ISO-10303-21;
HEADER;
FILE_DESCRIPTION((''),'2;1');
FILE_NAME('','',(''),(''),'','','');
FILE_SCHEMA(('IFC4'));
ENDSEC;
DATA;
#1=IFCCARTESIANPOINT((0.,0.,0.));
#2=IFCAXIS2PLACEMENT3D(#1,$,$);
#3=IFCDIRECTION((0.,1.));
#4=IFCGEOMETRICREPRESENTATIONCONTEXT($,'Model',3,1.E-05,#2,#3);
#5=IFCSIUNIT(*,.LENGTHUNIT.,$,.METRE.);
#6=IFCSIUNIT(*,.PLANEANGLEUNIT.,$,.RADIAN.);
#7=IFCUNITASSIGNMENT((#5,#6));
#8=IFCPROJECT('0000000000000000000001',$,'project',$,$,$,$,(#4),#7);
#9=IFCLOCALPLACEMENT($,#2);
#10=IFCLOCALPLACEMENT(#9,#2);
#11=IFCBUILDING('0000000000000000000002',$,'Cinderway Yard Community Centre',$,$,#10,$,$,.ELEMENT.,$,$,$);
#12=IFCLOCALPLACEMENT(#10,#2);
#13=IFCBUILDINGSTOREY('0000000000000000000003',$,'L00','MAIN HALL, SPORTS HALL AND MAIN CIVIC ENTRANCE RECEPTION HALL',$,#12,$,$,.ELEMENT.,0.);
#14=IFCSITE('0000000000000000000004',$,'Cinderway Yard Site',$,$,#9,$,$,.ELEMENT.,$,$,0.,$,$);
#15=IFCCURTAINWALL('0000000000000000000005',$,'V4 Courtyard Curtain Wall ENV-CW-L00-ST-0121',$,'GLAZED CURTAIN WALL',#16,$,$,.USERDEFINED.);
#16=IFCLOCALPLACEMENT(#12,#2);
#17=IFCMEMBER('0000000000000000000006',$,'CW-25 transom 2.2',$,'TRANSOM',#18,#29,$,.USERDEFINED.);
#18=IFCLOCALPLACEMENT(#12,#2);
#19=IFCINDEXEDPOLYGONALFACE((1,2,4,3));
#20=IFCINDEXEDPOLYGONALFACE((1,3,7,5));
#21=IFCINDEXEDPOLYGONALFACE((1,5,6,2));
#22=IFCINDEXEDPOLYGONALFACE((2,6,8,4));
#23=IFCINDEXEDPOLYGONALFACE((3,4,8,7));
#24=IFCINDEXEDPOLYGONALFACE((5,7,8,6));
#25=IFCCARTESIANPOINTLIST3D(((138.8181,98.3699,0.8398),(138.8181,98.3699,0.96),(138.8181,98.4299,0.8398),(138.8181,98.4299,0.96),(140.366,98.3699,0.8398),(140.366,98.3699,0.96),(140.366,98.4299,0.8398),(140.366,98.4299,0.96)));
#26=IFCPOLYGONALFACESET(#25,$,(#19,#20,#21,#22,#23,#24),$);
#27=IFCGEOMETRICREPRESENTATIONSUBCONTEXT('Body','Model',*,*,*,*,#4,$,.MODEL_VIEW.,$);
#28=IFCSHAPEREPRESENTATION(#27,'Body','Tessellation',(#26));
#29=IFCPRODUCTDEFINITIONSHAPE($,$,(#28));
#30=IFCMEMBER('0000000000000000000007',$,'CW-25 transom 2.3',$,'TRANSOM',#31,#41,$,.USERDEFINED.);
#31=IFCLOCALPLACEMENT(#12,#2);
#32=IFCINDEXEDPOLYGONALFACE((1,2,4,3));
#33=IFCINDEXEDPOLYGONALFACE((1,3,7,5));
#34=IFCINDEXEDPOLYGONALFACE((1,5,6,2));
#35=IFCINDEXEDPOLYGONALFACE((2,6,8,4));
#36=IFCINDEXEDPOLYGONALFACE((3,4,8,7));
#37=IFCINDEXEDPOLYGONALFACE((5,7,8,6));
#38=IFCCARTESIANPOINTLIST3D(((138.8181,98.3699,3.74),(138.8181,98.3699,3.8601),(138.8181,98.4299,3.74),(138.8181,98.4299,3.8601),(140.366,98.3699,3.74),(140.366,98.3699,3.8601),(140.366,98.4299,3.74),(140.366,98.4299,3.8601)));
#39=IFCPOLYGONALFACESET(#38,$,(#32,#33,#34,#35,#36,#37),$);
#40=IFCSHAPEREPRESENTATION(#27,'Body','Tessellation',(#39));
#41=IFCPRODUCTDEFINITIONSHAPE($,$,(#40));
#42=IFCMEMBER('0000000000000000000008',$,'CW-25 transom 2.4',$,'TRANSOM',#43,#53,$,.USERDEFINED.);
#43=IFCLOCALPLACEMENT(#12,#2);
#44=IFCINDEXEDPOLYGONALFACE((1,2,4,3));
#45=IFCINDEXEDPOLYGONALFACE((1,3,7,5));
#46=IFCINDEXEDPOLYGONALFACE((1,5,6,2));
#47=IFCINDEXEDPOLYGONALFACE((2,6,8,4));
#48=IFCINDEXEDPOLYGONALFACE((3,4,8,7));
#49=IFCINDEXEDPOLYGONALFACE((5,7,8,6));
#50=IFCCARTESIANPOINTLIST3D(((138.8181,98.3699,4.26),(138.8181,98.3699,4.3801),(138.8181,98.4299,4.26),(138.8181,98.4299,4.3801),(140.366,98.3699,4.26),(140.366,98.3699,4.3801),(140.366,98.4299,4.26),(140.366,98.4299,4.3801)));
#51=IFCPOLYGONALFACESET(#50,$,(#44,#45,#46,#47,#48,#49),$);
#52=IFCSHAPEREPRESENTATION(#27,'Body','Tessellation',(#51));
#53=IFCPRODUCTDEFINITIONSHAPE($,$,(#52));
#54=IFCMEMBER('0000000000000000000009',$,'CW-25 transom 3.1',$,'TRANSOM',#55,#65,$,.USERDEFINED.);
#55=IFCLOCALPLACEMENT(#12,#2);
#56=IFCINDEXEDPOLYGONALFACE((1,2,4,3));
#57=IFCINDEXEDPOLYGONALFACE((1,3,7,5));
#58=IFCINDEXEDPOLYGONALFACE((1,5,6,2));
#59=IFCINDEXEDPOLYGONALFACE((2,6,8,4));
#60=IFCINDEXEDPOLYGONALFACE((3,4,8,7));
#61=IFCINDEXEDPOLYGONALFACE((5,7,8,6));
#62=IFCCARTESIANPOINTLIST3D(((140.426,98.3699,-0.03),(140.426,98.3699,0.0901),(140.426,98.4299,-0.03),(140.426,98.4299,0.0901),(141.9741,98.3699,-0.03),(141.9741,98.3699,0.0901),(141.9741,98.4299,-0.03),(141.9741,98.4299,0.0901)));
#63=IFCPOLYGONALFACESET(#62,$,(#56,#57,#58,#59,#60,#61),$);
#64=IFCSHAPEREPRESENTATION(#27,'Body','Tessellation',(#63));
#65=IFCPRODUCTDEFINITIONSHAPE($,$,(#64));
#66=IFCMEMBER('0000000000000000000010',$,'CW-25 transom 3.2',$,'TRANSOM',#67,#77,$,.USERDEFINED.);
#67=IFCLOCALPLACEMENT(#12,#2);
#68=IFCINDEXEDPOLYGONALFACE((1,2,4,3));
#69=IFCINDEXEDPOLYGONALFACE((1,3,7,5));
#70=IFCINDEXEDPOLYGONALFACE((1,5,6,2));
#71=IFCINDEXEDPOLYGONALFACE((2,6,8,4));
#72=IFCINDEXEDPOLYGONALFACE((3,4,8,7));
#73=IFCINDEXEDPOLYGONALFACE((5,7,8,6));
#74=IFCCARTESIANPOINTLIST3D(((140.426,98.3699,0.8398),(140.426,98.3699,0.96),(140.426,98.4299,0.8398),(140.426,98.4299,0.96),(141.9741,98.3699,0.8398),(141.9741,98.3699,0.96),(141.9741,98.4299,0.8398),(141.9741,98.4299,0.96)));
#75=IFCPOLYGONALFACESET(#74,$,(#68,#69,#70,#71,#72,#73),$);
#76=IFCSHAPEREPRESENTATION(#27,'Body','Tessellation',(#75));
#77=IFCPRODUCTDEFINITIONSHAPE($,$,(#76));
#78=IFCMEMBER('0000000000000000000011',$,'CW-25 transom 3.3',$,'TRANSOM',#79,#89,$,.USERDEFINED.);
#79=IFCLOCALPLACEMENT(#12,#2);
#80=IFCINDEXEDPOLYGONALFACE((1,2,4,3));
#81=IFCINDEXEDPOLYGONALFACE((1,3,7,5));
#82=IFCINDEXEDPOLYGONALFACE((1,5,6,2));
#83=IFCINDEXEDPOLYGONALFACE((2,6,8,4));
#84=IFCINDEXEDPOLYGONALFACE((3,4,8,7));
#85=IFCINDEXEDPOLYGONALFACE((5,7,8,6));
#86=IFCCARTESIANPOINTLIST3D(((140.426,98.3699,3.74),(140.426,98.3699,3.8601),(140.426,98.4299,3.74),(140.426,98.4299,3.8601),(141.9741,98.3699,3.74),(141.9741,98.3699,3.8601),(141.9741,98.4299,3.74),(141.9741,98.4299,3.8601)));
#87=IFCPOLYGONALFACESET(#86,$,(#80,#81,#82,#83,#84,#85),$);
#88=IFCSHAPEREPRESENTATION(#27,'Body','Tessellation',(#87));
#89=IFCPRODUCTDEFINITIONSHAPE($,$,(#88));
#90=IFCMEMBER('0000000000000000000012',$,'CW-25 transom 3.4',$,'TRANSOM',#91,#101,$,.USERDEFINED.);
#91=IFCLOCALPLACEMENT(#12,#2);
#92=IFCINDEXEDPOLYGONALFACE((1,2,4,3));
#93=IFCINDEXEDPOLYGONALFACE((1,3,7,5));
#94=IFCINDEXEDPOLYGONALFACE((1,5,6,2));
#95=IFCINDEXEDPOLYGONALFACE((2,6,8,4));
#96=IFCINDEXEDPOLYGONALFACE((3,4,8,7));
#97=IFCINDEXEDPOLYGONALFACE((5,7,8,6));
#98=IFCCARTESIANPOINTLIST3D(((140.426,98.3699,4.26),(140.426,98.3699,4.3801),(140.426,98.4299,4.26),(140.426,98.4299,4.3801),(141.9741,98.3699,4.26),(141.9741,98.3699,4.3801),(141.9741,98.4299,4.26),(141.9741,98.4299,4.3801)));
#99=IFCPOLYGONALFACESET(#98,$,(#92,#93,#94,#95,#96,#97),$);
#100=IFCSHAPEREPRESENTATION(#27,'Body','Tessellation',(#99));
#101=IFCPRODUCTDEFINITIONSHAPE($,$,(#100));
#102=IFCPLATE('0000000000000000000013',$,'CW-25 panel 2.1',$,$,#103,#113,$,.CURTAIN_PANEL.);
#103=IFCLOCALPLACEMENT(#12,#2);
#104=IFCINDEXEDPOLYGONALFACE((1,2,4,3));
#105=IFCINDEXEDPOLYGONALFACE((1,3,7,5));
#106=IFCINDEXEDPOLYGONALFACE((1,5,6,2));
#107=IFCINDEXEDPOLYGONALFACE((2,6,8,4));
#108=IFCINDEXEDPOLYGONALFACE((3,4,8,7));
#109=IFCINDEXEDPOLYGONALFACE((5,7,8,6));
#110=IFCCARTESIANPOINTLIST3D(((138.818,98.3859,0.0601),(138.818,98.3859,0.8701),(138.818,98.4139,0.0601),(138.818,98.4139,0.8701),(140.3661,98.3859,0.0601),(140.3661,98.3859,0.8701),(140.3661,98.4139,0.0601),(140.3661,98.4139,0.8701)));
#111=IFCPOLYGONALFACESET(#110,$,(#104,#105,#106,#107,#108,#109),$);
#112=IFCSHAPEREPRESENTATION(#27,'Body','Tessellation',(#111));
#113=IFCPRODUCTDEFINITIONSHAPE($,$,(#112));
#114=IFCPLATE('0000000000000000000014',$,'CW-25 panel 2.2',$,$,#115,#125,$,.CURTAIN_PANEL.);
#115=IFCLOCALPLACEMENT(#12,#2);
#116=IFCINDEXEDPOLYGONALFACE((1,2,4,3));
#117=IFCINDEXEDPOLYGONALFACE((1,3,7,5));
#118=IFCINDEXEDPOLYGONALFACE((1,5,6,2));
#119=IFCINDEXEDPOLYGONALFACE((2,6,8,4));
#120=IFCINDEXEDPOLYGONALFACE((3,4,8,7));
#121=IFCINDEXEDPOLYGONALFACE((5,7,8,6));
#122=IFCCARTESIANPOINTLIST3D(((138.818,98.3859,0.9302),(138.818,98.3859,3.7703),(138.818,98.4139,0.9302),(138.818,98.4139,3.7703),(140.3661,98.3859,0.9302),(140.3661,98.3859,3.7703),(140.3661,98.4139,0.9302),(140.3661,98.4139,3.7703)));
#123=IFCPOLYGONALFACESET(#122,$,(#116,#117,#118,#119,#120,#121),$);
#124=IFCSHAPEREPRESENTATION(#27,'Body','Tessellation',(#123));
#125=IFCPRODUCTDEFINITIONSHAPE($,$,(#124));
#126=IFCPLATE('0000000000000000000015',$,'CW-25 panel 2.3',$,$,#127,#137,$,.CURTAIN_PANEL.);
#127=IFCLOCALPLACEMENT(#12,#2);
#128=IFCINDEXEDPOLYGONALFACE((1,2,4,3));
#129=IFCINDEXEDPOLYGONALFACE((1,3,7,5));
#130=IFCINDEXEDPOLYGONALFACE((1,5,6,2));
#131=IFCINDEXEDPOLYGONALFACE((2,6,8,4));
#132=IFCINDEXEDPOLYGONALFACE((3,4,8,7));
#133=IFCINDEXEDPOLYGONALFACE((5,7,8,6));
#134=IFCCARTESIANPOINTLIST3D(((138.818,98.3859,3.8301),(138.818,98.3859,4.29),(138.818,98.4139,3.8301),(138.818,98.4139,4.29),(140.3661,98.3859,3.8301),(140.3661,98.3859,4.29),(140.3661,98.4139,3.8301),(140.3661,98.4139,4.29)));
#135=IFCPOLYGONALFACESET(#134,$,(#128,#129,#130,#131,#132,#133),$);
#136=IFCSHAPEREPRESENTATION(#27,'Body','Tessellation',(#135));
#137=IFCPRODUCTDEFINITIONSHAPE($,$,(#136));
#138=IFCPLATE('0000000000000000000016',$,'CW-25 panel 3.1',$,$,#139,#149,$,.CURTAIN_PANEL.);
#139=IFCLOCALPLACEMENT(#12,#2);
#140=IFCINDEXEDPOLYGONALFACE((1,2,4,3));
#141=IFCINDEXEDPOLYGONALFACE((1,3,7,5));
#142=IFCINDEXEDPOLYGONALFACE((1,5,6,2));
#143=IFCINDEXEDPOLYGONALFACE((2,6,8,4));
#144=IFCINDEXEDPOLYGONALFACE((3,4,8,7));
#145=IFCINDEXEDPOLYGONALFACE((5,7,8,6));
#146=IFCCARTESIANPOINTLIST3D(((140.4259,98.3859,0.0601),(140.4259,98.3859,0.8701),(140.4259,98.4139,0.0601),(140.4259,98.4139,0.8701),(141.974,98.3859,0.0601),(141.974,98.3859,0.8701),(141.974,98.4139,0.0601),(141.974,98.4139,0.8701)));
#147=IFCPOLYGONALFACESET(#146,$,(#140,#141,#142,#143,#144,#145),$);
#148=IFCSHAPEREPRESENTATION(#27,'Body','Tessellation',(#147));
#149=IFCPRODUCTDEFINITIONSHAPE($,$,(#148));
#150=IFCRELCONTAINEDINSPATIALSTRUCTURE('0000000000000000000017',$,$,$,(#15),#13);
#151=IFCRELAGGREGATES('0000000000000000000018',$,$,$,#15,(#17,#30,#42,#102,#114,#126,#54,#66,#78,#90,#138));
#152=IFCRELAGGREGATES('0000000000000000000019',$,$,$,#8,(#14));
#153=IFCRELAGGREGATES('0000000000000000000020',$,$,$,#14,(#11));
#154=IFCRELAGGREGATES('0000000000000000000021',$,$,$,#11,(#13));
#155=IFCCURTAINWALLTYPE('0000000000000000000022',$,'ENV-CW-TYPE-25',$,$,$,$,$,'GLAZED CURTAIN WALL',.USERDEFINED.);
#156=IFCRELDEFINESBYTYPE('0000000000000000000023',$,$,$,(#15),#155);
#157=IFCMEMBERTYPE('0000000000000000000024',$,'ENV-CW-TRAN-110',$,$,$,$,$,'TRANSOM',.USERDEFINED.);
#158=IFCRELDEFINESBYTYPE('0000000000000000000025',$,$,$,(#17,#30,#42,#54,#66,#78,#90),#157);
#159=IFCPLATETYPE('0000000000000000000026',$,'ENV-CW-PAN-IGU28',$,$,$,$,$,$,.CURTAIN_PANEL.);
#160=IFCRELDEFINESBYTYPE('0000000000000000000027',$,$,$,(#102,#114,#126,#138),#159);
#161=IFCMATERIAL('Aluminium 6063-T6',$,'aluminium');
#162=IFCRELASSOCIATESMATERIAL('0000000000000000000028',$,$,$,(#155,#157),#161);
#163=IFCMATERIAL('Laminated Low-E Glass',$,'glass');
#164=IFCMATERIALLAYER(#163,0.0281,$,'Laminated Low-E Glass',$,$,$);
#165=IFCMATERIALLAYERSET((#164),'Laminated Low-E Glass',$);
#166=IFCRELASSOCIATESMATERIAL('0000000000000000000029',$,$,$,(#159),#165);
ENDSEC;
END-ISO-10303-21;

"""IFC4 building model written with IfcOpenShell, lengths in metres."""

from ifc_helpers import new_model, si_unit, direction, frame, origin, origin_2d, place, context, subcontext, project, spatial, rectangle, extrude, material, layer, layer_set, material_profile, profile_set, type_object, element, aggregate, save


model = new_model("IFC4")

# Units and contexts
model_context = context("Model", 3, precision=1e-05, world=origin(), true_north=direction((0.0, 1.0)))
body_context = subcontext(model_context, "Body", "Model", "MODEL_VIEW")
ifc_project = project(units=[si_unit("LENGTHUNIT", "METRE"), si_unit("PLANEANGLEUNIT", "RADIAN")], contexts=[model_context])

# Site, building, storey
site_placement = place(None, origin())
site = spatial("IfcSite", under=ifc_project, at=site_placement, Name="Cinderway Yard Site", CompositionType="ELEMENT", RefElevation=0.0)
building_placement = place(site_placement, origin())
building = spatial("IfcBuilding", under=site, at=building_placement, Name="Cinderway Yard Community Centre", CompositionType="ELEMENT")
storey_placement = place(building_placement, origin())
storey = spatial("IfcBuildingStorey", under=building, at=storey_placement, Name="L00", Description="MAIN HALL, SPORTS HALL AND MAIN CIVIC ENTRANCE RECEPTION HALL", CompositionType="ELEMENT", Elevation=0.0)

# Curtain wall, members, plates
ifc_material_1 = material(Name="Aluminium 6063-T6", Category="aluminium")
curtain_wall_type = type_object("IfcCurtainWallType", Name="ENV-CW-TYPE-25", ElementType="GLAZED CURTAIN WALL", PredefinedType="USERDEFINED", material=ifc_material_1)
curtain_wall_placement = place(storey_placement, origin())
curtain_wall = element("IfcCurtainWall", 1, at=curtain_wall_placement, inside=storey, type_object=curtain_wall_type, Name="V4 Courtyard Curtain Wall ENV-CW-L00-ST-0121", ObjectType="GLAZED CURTAIN WALL", PredefinedType="USERDEFINED")
ifc_material_profile_1 = material_profile(ifc_material_1, rectangle(XDim=0.0601, YDim=0.1201, at=origin_2d()), Name="Aluminium 6063-T6")
ifc_profile_set_1 = profile_set([ifc_material_profile_1], Name="Aluminium 6063-T6")
member_type_1 = type_object("IfcMemberType", Name="ENV-CW-TRAN-110", ElementType="TRANSOM", PredefinedType="USERDEFINED", material=ifc_profile_set_1)
member_1_placement = place(storey_placement, frame((138.8181, 98.3999, 0.8999), z_axis=(1.0, 0.0, 0.0), x_axis=(0.0, 1.0, 0.0)))
member_1 = element("IfcMember", 2, at=member_1_placement, type_object=member_type_1, Name="CW-25 transom 2.2", ObjectType="TRANSOM", PredefinedType="USERDEFINED", context=body_context, shape_type="SweptSolid", body=[
    extrude(rectangle(XDim=0.0601, YDim=0.1201, at=origin_2d()), origin(), (0.0, 0.0, 1.0), 1.5479),
])
member_2_placement = place(storey_placement, frame((138.8181, 98.3999, 3.8), z_axis=(1.0, 0.0, 0.0), x_axis=(0.0, 1.0, 0.0)))
member_2 = element("IfcMember", 3, at=member_2_placement, type_object=member_type_1, Name="CW-25 transom 2.3", ObjectType="TRANSOM", PredefinedType="USERDEFINED", context=body_context, shape_type="SweptSolid", body=[
    extrude(rectangle(XDim=0.0601, YDim=0.1201, at=origin_2d()), origin(), (0.0, 0.0, 1.0), 1.5479),
])
member_3_placement = place(storey_placement, frame((138.8181, 98.3999, 4.3201), z_axis=(1.0, 0.0, 0.0), x_axis=(0.0, 1.0, 0.0)))
member_3 = element("IfcMember", 4, at=member_3_placement, type_object=member_type_1, Name="CW-25 transom 2.4", ObjectType="TRANSOM", PredefinedType="USERDEFINED", context=body_context, shape_type="SweptSolid", body=[
    extrude(rectangle(XDim=0.0601, YDim=0.1201, at=origin_2d()), origin(), (0.0, 0.0, 1.0), 1.5479),
])
member_4_placement = place(storey_placement, frame((140.426, 98.3999, 0.03), z_axis=(1.0, 0.0, 0.0), x_axis=(0.0, 1.0, 0.0)))
member_4 = element("IfcMember", 5, at=member_4_placement, type_object=member_type_1, Name="CW-25 transom 3.1", ObjectType="TRANSOM", PredefinedType="USERDEFINED", context=body_context, shape_type="SweptSolid", body=[
    extrude(rectangle(XDim=0.0601, YDim=0.1201, at=origin_2d()), origin(), (0.0, 0.0, 1.0), 1.5481),
])
member_5_placement = place(storey_placement, frame((140.426, 98.3999, 0.8999), z_axis=(1.0, 0.0, 0.0), x_axis=(0.0, 1.0, 0.0)))
member_5 = element("IfcMember", 6, at=member_5_placement, type_object=member_type_1, Name="CW-25 transom 3.2", ObjectType="TRANSOM", PredefinedType="USERDEFINED", context=body_context, shape_type="SweptSolid", body=[
    extrude(rectangle(XDim=0.0601, YDim=0.1201, at=origin_2d()), origin(), (0.0, 0.0, 1.0), 1.5481),
])
member_6_placement = place(storey_placement, frame((140.426, 98.3999, 3.8), z_axis=(1.0, 0.0, 0.0), x_axis=(0.0, 1.0, 0.0)))
member_6 = element("IfcMember", 7, at=member_6_placement, type_object=member_type_1, Name="CW-25 transom 3.3", ObjectType="TRANSOM", PredefinedType="USERDEFINED", context=body_context, shape_type="SweptSolid", body=[
    extrude(rectangle(XDim=0.0601, YDim=0.1201, at=origin_2d()), origin(), (0.0, 0.0, 1.0), 1.5481),
])
member_7_placement = place(storey_placement, frame((140.426, 98.3999, 4.3201), z_axis=(1.0, 0.0, 0.0), x_axis=(0.0, 1.0, 0.0)))
member_7 = element("IfcMember", 8, at=member_7_placement, type_object=member_type_1, Name="CW-25 transom 3.4", ObjectType="TRANSOM", PredefinedType="USERDEFINED", context=body_context, shape_type="SweptSolid", body=[
    extrude(rectangle(XDim=0.0601, YDim=0.1201, at=origin_2d()), origin(), (0.0, 0.0, 1.0), 1.5481),
])
ifc_material_2 = material(Name="Laminated Low-E Glass", Category="glass")
ifc_layer = layer(ifc_material_2, 0.0281, Name="Laminated Low-E Glass")
ifc_layer_set = layer_set([ifc_layer], Name="Laminated Low-E Glass")
plate_type = type_object("IfcPlateType", Name="ENV-CW-PAN-IGU28", PredefinedType="CURTAIN_PANEL", material=ifc_layer_set)
plate_1_placement = place(storey_placement, frame((139.592, 98.3999, 0.0601), z_axis=(0.0, 0.0, 1.0), x_axis=(1.0, 0.0, 0.0)))
plate_1 = element("IfcPlate", 9, at=plate_1_placement, type_object=plate_type, Name="CW-25 panel 2.1", PredefinedType="CURTAIN_PANEL", context=body_context, shape_type="SweptSolid", body=[
    extrude(rectangle(XDim=1.5481, YDim=0.0281, at=origin_2d()), origin(), (0.0, 0.0, 1.0), 0.8101),
])
plate_2_placement = place(storey_placement, frame((139.592, 98.3999, 0.9302), z_axis=(0.0, 0.0, 1.0), x_axis=(1.0, 0.0, 0.0)))
plate_2 = element("IfcPlate", 10, at=plate_2_placement, type_object=plate_type, Name="CW-25 panel 2.2", PredefinedType="CURTAIN_PANEL", context=body_context, shape_type="SweptSolid", body=[
    extrude(rectangle(XDim=1.5481, YDim=0.0281, at=origin_2d()), origin(), (0.0, 0.0, 1.0), 2.8401),
])
plate_3_placement = place(storey_placement, frame((139.592, 98.3999, 3.8301), z_axis=(0.0, 0.0, 1.0), x_axis=(1.0, 0.0, 0.0)))
plate_3 = element("IfcPlate", 11, at=plate_3_placement, type_object=plate_type, Name="CW-25 panel 2.3", PredefinedType="CURTAIN_PANEL", context=body_context, shape_type="SweptSolid", body=[
    extrude(rectangle(XDim=1.5481, YDim=0.0281, at=origin_2d()), origin(), (0.0, 0.0, 1.0), 0.46),
])
plate_4_placement = place(storey_placement, frame((141.2, 98.3999, 0.0601), z_axis=(0.0, 0.0, 1.0), x_axis=(1.0, 0.0, 0.0)))
plate_4 = element("IfcPlate", 12, at=plate_4_placement, type_object=plate_type, Name="CW-25 panel 3.1", PredefinedType="CURTAIN_PANEL", context=body_context, shape_type="SweptSolid", body=[
    extrude(rectangle(XDim=1.5481, YDim=0.0281, at=origin_2d()), origin(), (0.0, 0.0, 1.0), 0.8101),
])
aggregate(curtain_wall, [member_1, member_2, member_3, plate_1, plate_2, plate_3, member_4, member_5, member_6, member_7, plate_4])

save(model, "model.ifc")
